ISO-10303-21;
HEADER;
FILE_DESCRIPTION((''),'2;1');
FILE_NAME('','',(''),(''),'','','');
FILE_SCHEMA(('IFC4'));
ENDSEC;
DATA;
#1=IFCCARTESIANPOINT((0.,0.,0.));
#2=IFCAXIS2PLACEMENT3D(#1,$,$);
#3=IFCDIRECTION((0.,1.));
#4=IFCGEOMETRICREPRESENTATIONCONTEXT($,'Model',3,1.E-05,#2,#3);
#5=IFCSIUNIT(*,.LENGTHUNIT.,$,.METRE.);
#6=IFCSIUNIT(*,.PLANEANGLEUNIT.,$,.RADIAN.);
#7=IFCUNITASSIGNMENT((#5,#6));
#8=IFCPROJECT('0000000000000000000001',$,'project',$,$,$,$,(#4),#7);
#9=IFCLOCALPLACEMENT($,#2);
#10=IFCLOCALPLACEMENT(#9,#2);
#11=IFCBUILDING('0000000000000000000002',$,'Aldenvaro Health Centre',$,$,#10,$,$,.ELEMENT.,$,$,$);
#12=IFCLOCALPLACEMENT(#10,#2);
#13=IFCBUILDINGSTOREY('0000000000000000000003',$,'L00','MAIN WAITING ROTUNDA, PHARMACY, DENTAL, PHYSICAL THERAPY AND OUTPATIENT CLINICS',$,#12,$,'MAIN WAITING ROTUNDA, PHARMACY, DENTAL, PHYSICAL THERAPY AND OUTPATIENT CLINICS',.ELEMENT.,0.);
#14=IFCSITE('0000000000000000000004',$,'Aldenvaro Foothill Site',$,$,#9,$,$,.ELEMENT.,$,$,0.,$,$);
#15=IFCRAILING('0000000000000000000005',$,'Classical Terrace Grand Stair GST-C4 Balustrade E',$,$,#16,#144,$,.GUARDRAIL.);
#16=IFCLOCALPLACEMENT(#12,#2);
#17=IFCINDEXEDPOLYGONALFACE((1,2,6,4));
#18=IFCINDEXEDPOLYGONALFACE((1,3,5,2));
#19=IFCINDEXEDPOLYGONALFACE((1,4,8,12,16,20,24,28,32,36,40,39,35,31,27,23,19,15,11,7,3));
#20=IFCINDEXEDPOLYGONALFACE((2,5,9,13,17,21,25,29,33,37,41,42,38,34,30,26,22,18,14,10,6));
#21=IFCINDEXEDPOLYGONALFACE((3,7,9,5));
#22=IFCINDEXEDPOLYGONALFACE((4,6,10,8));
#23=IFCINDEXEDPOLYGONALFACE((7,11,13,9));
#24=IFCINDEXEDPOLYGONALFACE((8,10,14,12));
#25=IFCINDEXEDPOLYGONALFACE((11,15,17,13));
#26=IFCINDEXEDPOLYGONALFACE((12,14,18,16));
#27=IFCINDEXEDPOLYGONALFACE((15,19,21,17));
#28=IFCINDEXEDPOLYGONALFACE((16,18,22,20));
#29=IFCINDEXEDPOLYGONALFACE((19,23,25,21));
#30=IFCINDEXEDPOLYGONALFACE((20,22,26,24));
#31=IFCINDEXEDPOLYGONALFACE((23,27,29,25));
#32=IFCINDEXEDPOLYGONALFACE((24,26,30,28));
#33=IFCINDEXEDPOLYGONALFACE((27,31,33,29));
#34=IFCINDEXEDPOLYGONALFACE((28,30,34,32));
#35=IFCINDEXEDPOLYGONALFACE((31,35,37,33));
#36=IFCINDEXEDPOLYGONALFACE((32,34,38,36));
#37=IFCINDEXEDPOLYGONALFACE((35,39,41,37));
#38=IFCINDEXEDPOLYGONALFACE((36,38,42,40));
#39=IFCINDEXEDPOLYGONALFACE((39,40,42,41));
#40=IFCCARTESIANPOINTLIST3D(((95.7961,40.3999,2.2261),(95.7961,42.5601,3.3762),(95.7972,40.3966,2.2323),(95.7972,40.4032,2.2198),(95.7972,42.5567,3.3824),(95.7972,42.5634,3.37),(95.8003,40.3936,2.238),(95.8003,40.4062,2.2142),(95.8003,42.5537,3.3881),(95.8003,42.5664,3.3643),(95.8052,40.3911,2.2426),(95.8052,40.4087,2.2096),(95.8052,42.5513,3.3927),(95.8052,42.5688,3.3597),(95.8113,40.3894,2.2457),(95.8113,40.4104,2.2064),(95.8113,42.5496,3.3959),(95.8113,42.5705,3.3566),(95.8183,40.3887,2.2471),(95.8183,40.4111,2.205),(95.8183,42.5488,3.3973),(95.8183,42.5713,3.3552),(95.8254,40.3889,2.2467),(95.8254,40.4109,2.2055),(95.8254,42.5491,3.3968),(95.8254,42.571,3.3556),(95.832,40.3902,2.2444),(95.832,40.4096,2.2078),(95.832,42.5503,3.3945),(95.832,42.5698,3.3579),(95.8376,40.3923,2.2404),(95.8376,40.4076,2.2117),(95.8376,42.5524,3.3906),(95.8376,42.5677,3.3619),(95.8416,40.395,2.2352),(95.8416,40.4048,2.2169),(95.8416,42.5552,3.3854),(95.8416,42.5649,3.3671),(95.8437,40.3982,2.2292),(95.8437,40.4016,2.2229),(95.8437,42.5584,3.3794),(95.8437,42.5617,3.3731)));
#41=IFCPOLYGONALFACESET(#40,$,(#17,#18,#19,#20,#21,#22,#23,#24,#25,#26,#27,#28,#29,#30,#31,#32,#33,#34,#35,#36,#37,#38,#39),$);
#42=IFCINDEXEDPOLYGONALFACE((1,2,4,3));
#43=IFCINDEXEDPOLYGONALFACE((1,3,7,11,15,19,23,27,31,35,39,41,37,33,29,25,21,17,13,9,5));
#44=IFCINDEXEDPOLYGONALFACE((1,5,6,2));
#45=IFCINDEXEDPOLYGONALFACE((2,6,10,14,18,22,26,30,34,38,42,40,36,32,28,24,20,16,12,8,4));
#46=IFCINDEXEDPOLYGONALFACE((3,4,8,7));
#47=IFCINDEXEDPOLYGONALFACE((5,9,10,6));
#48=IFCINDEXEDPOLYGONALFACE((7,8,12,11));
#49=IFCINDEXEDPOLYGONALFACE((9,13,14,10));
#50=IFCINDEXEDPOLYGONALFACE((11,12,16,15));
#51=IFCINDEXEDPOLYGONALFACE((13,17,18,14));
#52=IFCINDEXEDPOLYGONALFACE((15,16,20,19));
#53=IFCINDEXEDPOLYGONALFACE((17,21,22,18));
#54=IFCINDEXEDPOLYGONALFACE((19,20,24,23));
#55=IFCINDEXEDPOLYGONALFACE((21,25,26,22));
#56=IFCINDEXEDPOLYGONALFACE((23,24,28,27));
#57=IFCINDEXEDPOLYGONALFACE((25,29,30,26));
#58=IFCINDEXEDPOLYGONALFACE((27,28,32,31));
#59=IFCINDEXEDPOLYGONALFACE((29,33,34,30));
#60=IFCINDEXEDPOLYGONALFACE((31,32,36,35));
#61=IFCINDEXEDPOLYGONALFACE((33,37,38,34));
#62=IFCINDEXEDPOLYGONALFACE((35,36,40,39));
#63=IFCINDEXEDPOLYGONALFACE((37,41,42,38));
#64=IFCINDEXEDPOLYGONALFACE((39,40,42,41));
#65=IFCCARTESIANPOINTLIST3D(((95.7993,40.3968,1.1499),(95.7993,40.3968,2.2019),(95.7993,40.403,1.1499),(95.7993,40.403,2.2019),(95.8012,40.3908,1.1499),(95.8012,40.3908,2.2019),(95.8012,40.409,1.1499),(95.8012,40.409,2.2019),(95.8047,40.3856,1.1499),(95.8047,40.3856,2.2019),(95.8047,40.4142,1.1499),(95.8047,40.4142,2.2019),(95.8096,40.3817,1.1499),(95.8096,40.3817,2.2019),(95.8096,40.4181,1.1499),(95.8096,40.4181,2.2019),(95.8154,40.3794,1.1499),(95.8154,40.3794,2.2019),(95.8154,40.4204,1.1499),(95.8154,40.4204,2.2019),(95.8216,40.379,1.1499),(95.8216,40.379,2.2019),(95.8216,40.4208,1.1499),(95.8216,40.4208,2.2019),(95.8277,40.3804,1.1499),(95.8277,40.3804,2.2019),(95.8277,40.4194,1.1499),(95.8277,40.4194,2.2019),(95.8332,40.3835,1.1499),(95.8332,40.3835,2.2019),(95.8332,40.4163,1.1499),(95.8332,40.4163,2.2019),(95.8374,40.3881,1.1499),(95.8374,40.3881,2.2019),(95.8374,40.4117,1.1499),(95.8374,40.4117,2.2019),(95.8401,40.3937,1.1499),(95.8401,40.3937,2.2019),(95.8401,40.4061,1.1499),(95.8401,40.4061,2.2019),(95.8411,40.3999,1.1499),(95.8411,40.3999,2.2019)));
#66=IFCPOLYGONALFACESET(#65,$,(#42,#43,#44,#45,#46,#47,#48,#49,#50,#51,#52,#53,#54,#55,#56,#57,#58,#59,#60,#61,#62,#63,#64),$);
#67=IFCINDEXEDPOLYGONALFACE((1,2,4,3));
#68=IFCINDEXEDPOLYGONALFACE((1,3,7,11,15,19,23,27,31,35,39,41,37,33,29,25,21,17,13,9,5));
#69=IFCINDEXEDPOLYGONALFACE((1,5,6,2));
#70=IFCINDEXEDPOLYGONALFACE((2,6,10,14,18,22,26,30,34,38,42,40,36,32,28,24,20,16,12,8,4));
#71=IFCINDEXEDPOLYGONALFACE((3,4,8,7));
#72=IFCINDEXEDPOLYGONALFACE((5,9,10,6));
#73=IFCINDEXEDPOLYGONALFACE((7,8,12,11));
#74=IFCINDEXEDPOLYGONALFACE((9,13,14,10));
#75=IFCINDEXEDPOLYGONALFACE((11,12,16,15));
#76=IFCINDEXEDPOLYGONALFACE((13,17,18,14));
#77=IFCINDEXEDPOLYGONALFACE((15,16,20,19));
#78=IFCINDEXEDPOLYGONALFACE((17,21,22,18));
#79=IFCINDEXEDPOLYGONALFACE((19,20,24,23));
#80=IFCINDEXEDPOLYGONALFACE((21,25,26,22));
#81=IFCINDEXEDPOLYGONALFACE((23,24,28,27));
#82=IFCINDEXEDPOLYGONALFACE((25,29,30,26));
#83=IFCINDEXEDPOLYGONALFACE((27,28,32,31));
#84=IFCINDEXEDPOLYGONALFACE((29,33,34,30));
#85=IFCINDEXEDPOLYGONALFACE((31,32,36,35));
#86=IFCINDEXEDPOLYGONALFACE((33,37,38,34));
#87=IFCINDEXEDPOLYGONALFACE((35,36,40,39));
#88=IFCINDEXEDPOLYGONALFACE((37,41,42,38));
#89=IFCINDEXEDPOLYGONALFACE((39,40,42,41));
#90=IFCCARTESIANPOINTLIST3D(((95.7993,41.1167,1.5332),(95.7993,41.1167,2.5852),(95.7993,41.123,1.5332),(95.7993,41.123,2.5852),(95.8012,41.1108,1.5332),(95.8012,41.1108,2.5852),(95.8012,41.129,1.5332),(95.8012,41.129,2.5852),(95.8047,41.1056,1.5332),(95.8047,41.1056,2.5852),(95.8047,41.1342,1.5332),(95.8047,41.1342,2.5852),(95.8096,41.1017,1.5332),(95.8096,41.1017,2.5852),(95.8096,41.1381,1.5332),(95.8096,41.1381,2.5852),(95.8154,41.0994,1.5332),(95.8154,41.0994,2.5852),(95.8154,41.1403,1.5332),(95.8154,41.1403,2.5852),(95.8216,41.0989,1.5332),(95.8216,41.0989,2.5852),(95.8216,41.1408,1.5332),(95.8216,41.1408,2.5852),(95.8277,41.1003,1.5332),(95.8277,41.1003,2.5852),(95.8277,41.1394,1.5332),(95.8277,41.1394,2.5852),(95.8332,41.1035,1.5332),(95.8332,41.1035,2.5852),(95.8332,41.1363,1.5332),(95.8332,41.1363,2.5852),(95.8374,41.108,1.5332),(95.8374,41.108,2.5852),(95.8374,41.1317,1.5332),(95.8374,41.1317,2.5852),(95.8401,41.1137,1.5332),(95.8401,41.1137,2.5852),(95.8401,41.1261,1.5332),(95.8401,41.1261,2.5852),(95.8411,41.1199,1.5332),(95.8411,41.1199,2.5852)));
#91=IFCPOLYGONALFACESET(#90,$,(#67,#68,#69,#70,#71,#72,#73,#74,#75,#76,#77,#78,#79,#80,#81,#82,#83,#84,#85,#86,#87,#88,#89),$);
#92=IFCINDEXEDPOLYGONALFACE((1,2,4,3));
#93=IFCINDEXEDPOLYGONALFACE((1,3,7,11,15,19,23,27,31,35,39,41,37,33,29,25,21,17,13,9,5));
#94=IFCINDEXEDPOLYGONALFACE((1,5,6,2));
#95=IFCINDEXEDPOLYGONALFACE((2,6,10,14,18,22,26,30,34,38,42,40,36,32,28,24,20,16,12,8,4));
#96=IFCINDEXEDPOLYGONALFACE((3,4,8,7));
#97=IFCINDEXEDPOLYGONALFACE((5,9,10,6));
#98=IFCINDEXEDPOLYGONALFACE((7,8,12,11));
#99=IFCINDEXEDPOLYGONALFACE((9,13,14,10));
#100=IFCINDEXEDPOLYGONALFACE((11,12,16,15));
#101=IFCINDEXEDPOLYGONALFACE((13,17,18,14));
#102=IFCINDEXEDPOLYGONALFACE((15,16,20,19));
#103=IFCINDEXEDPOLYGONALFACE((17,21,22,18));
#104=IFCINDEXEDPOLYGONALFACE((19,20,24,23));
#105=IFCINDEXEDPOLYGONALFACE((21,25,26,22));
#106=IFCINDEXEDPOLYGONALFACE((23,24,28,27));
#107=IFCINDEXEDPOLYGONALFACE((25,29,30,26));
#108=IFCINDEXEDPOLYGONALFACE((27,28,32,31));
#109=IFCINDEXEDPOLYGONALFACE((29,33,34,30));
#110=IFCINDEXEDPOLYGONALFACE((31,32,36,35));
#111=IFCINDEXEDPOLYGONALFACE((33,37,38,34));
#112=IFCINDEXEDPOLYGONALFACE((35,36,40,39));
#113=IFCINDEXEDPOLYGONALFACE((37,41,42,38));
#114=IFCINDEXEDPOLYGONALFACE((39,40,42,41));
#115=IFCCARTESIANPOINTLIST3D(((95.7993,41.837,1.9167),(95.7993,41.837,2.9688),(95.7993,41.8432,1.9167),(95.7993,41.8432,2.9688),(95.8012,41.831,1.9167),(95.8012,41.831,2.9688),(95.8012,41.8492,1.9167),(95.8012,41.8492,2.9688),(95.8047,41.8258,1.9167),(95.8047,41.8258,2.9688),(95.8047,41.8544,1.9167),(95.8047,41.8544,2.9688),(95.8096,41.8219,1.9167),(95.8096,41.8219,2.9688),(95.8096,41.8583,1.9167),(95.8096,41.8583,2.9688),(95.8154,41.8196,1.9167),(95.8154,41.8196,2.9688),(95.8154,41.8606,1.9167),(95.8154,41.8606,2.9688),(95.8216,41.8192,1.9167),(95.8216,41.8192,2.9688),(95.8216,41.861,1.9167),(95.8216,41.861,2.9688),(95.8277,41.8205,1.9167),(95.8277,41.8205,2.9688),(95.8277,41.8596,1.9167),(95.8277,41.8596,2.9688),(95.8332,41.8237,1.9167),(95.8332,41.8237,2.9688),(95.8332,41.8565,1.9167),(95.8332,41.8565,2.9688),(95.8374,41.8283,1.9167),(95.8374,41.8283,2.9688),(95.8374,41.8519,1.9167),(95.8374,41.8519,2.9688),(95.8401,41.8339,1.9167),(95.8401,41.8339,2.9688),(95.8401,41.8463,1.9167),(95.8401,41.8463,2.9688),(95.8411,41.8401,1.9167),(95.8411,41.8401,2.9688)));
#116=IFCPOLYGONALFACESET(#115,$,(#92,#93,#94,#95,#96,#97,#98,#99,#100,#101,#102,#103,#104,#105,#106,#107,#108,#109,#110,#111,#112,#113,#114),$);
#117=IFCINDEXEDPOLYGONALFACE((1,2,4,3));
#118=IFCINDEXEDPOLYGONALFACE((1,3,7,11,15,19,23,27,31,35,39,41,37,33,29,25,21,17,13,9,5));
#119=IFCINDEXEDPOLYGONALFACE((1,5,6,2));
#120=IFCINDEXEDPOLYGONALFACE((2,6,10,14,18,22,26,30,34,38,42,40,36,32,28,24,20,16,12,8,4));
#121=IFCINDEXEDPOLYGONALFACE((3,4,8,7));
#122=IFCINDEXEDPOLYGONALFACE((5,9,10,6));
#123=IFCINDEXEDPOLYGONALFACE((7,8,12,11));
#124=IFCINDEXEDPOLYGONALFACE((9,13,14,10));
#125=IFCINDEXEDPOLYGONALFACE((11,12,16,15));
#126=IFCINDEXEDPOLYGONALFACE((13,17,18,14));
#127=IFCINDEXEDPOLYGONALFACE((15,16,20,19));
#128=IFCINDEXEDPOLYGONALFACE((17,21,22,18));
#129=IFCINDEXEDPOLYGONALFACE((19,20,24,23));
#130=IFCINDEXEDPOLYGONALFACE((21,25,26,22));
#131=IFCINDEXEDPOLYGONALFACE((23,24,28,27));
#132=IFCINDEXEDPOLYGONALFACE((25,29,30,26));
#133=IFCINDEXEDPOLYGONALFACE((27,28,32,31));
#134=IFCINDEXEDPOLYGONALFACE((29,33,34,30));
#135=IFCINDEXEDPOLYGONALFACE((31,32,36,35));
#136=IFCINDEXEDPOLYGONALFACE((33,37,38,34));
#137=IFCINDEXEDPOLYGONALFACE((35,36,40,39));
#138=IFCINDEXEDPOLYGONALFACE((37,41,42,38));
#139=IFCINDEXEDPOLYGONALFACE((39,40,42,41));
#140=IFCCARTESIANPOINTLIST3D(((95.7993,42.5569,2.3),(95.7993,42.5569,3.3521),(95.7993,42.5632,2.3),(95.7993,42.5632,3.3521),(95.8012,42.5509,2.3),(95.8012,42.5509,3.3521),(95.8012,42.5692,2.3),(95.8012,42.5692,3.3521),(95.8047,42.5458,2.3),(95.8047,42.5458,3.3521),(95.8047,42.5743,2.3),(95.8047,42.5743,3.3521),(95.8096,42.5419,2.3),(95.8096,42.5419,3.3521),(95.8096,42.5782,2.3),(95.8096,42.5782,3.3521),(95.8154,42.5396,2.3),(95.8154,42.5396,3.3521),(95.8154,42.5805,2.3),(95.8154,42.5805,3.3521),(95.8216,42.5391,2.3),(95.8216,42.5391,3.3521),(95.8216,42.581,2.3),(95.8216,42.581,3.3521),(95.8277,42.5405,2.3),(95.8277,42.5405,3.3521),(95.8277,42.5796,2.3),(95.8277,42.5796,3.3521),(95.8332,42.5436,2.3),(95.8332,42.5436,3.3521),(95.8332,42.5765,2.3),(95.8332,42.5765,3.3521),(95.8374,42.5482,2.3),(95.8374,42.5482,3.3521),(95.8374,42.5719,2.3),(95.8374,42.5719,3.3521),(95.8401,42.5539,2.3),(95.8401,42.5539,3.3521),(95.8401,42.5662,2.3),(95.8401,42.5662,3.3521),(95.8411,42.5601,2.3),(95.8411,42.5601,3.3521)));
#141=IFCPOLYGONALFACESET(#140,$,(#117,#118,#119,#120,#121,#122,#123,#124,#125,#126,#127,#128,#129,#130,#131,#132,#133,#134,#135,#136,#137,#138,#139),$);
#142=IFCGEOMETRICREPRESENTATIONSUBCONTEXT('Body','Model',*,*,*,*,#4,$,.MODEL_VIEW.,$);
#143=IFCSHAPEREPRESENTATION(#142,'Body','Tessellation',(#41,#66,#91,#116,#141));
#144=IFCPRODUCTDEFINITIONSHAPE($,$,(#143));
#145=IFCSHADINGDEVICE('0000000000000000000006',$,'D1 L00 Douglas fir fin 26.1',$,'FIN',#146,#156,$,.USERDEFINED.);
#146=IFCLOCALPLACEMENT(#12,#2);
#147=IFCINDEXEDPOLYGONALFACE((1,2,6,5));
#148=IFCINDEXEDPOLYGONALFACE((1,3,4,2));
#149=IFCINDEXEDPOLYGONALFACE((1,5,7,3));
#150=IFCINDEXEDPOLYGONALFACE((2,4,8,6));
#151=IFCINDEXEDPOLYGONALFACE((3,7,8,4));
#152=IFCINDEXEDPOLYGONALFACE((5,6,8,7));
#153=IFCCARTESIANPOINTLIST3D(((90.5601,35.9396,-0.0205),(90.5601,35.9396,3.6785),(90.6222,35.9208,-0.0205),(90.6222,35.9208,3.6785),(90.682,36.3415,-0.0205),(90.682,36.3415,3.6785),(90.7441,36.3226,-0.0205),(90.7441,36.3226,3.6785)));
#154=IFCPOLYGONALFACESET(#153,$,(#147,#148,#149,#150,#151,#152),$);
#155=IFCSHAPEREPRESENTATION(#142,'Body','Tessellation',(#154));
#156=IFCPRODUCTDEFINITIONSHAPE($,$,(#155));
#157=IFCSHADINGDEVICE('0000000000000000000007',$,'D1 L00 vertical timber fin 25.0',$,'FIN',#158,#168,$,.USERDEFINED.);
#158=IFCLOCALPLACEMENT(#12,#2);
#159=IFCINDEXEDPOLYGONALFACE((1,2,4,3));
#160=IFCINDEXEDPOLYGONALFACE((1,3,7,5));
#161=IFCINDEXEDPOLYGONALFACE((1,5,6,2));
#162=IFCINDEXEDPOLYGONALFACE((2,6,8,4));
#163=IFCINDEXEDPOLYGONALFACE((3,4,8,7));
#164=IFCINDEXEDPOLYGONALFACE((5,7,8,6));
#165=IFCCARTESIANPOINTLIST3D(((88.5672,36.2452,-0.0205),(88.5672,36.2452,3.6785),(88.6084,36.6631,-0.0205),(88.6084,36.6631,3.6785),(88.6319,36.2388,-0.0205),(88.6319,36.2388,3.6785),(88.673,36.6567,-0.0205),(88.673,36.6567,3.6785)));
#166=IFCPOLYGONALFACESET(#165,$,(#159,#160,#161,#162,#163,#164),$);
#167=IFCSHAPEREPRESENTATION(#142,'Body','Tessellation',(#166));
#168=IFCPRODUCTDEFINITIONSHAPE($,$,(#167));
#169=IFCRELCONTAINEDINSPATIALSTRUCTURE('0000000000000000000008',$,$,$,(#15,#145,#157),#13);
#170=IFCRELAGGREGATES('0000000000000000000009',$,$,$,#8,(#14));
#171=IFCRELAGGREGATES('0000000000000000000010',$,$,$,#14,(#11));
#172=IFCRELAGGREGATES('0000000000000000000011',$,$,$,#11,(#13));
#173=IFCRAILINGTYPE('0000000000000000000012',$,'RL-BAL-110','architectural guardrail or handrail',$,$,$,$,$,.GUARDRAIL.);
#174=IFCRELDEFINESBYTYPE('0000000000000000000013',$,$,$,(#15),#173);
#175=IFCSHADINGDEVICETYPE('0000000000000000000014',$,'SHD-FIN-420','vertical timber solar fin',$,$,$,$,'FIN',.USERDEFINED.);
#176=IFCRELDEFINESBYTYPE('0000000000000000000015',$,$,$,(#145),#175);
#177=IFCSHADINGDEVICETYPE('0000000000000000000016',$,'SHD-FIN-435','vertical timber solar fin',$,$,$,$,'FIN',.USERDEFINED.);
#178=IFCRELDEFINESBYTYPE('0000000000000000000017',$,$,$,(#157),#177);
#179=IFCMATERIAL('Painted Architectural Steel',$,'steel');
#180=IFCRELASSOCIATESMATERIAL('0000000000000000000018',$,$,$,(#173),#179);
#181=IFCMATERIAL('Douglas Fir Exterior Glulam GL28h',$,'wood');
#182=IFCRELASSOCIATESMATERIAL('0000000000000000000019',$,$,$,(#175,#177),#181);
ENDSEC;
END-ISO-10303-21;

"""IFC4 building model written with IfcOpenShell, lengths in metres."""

from ifc_helpers import new_model, si_unit, direction, frame, origin, origin_2d, place, context, subcontext, project, spatial, rectangle, circle, extrude, material, type_object, element, save


model = new_model("IFC4")

# Units and contexts
model_context = context("Model", 3, precision=1e-05, world=origin(), true_north=direction((0.0, 1.0)))
body_context = subcontext(model_context, "Body", "Model", "MODEL_VIEW")
ifc_project = project(units=[si_unit("LENGTHUNIT", "METRE"), si_unit("PLANEANGLEUNIT", "RADIAN")], contexts=[model_context])

# Site, building, storey
site_placement = place(None, origin())
site = spatial("IfcSite", under=ifc_project, at=site_placement, Name="Aldenvaro Foothill Site", CompositionType="ELEMENT", RefElevation=0.0)
building_placement = place(site_placement, origin())
building = spatial("IfcBuilding", under=site, at=building_placement, Name="Aldenvaro Health Centre", CompositionType="ELEMENT")
storey_placement = place(building_placement, origin())
storey = spatial("IfcBuildingStorey", under=building, at=storey_placement, Name="L00", Description="MAIN WAITING ROTUNDA, PHARMACY, DENTAL, PHYSICAL THERAPY AND OUTPATIENT CLINICS", LongName="MAIN WAITING ROTUNDA, PHARMACY, DENTAL, PHYSICAL THERAPY AND OUTPATIENT CLINICS", CompositionType="ELEMENT", Elevation=0.0)

# Railing
ifc_material_1 = material(Name="Painted Architectural Steel", Category="steel")
railing_type_1 = type_object("IfcRailingType", Name="RL-BAL-110", Description="architectural guardrail or handrail", PredefinedType="GUARDRAIL", material=ifc_material_1)
for number, where, name in (
    (1, (95.8201, 40.3999, 1.1499), "Classical Terrace Grand Stair GST-C4 Balustrade E"),
):
    element("IfcRailing", number, at=place(storey_placement, frame(where)), inside=storey, type_object=railing_type_1, Name=name, PredefinedType="GUARDRAIL", context=body_context, shape_type="SweptSolid", body=[
        extrude(circle(Radius=0.0239, at=origin_2d()), frame((0.0, 0.0, 1.0762), z_axis=(0.0, 0.882681, 0.469972), x_axis=(-1.0, 0.0, 0.0)), (0.0, 0.0, 1.0), 2.4473),
        extrude(circle(Radius=0.021, at=origin_2d()), origin(), (0.0, 0.0, 1.0), 1.052),
        extrude(circle(Radius=0.021, at=origin_2d()), frame((0.0, 0.72, 0.3833)), (0.0, 0.0, 1.0), 1.052),
        extrude(circle(Radius=0.021, at=origin_2d()), frame((0.0, 1.4402, 0.7668)), (0.0, 0.0, 1.0), 1.052),
        extrude(circle(Radius=0.021, at=origin_2d()), frame((0.0, 2.1602, 1.1501)), (0.0, 0.0, 1.0), 1.052),
    ])

# Shading devices
ifc_material_2 = material(Name="Douglas Fir Exterior Glulam GL28h", Category="wood")
shading_device_type_1 = type_object("IfcShadingDeviceType", Name="SHD-FIN-420", Description="vertical timber solar fin", ElementType="FIN", PredefinedType="USERDEFINED", material=ifc_material_2)
shading_device_1_placement = place(storey_placement, frame((90.6521, 36.1311, -0.0205), z_axis=(0.0, 0.0, 1.0), x_axis=(0.956975, -0.290171, 0.0)))
element("IfcShadingDevice", 2, at=shading_device_1_placement, inside=storey, type_object=shading_device_type_1, Name="D1 L00 Douglas fir fin 26.1", ObjectType="FIN", PredefinedType="USERDEFINED", context=body_context, shape_type="SweptSolid", body=[
    extrude(rectangle(XDim=0.0649, YDim=0.4199, at=origin_2d()), origin(), (0.0, 0.0, 1.0), 3.699),
])
shading_device_type_2 = type_object("IfcShadingDeviceType", Name="SHD-FIN-435", Description="vertical timber solar fin", ElementType="FIN", PredefinedType="USERDEFINED", material=ifc_material_2)
shading_device_2_placement = place(storey_placement, frame((88.6201, 36.4509, -0.0205), z_axis=(0.0, 0.0, 1.0), x_axis=(0.995187, -0.097994, 0.0)))
element("IfcShadingDevice", 3, at=shading_device_2_placement, inside=storey, type_object=shading_device_type_2, Name="D1 L00 vertical timber fin 25.0", ObjectType="FIN", PredefinedType="USERDEFINED", context=body_context, shape_type="SweptSolid", body=[
    extrude(rectangle(XDim=0.0649, YDim=0.4199, at=origin_2d()), origin(), (0.0, 0.0, 1.0), 3.699),
])

save(model, "model.ifc")
